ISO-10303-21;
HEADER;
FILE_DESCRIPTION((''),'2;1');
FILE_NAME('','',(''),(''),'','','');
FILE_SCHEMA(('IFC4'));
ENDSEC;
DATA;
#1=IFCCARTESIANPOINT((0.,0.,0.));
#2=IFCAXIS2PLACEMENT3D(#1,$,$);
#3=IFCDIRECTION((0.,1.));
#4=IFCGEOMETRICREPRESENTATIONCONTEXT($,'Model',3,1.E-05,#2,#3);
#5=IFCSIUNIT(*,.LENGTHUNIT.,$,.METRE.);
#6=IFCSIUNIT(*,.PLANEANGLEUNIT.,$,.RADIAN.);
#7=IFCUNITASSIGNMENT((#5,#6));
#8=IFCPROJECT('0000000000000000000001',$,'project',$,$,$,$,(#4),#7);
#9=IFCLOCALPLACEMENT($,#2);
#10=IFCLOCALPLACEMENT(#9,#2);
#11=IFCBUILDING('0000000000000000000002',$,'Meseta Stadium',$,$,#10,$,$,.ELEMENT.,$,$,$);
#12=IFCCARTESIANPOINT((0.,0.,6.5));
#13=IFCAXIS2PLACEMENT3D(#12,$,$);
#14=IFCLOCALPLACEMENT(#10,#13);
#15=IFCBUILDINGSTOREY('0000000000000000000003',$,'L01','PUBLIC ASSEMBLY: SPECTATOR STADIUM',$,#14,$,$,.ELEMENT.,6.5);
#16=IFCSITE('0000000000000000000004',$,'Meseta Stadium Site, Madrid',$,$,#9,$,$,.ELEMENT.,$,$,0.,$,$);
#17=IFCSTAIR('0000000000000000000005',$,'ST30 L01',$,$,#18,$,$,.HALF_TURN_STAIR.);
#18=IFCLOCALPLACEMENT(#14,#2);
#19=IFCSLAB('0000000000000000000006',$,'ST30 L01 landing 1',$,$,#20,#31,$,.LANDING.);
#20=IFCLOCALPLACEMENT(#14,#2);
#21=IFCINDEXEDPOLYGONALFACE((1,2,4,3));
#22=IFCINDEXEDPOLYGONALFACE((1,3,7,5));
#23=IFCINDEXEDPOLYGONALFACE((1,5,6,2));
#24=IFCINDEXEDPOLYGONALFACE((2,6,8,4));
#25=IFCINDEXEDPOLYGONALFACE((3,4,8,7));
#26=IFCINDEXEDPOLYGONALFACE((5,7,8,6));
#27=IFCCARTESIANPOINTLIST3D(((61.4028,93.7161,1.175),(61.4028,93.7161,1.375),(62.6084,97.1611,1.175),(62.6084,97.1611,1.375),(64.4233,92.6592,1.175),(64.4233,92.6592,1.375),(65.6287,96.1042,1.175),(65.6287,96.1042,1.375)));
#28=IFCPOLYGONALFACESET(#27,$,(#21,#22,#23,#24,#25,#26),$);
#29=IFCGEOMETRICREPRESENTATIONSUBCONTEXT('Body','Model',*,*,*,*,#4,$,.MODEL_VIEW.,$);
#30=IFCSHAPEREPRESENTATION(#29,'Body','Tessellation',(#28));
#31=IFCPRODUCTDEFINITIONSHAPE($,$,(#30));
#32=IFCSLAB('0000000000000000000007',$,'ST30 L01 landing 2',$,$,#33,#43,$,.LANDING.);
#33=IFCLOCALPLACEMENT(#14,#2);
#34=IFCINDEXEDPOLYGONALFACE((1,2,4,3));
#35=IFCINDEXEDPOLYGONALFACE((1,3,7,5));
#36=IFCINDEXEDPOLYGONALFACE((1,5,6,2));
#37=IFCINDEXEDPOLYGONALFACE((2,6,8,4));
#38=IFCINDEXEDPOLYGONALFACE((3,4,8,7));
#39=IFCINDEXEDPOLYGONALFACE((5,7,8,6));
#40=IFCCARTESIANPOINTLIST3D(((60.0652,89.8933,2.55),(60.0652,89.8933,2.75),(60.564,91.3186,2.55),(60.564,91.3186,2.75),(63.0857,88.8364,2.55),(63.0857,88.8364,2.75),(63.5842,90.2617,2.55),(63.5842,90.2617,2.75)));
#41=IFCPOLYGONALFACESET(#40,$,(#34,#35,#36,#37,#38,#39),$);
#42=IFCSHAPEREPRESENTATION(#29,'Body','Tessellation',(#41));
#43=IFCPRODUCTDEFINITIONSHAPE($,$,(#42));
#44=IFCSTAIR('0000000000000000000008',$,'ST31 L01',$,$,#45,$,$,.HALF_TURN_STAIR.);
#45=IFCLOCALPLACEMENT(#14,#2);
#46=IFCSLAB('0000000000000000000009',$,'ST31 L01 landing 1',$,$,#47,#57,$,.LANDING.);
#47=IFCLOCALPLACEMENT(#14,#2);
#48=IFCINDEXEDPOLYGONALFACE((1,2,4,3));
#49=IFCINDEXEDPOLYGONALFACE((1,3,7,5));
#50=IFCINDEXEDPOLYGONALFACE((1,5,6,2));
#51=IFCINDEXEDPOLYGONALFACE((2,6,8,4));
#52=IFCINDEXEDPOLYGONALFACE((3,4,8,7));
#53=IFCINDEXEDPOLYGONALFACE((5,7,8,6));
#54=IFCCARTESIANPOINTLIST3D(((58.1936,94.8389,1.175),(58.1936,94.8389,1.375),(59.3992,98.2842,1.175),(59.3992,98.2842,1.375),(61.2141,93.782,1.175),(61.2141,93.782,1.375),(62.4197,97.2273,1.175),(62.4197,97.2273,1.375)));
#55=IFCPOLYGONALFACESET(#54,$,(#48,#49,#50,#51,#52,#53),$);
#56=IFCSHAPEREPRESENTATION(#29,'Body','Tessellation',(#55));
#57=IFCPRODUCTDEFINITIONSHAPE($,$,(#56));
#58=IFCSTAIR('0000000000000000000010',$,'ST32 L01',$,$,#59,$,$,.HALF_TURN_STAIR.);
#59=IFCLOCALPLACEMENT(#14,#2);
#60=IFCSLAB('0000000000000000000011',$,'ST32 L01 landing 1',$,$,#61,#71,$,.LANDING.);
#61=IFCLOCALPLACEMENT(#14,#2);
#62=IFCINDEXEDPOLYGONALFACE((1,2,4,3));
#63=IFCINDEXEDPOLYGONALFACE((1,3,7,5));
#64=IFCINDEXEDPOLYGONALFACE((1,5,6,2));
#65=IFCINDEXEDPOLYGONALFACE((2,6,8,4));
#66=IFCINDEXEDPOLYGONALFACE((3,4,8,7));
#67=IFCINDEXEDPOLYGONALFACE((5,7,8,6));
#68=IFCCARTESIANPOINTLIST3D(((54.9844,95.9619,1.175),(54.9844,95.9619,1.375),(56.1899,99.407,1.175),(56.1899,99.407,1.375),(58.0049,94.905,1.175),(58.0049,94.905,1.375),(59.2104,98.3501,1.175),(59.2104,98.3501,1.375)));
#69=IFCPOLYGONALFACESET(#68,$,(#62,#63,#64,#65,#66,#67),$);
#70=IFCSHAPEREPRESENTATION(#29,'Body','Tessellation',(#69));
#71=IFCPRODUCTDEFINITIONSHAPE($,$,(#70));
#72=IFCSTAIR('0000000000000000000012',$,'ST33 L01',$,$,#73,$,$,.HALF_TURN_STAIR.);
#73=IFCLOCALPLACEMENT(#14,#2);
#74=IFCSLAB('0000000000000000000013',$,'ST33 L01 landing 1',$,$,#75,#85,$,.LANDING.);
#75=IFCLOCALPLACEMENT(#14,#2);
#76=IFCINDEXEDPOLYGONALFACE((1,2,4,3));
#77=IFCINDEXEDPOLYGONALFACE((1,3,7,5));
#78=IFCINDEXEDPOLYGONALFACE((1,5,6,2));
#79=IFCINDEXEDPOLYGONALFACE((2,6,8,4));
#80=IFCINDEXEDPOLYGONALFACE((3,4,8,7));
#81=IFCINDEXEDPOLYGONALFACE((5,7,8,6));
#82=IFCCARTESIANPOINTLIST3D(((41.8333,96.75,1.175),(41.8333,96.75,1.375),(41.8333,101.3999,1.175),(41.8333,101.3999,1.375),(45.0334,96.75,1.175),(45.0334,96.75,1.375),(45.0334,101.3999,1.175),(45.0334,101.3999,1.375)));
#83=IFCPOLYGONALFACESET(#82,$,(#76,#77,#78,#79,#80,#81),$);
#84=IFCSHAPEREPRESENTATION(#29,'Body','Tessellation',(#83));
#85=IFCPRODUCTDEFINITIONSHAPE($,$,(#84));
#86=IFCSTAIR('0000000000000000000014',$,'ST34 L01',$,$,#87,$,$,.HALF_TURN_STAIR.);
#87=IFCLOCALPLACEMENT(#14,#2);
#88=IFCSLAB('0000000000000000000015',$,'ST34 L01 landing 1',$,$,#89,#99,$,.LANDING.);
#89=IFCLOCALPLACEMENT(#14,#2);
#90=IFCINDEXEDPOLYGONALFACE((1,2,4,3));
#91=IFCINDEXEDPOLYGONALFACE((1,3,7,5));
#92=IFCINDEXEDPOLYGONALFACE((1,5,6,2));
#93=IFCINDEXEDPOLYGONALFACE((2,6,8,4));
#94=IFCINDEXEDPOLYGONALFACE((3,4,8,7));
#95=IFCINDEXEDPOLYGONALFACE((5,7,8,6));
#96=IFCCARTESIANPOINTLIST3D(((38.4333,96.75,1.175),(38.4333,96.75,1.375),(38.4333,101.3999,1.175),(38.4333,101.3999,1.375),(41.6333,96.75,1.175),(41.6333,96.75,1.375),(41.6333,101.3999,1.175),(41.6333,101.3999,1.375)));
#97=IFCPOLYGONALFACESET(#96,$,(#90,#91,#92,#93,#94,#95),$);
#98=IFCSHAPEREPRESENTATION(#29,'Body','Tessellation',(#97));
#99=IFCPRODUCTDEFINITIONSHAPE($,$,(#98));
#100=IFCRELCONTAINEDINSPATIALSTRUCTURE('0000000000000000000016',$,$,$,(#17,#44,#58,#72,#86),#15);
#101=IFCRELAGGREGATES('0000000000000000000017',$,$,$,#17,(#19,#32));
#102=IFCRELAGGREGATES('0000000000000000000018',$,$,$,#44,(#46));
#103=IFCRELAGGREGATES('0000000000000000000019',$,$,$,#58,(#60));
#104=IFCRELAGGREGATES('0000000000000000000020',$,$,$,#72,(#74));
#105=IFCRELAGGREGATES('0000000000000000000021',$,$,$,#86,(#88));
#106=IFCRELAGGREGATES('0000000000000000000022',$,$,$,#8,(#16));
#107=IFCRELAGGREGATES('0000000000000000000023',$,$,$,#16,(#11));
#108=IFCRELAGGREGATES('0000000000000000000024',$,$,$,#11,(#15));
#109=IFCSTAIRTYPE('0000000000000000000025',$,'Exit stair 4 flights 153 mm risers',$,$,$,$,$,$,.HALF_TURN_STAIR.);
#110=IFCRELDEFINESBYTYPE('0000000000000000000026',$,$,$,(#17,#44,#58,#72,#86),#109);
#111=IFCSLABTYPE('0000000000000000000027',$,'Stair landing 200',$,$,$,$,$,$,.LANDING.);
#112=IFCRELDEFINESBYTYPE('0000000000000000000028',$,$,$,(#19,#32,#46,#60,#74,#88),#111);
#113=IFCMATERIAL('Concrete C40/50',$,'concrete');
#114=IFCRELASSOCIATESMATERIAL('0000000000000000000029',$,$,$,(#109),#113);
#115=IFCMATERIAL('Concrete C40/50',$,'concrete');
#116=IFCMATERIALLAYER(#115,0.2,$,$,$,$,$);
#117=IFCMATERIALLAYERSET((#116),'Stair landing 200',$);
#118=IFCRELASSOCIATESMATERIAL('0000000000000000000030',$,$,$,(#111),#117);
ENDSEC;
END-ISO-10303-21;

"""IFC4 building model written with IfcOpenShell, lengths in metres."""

from ifc_helpers import new_model, si_unit, direction, frame, origin, place, context, subcontext, project, spatial, polyline, outline, extrude, material, layer, layer_set, type_object, element, aggregate, save


model = new_model("IFC4")

# Units and contexts
model_context = context("Model", 3, precision=1e-05, world=origin(), true_north=direction((0.0, 1.0)))
body_context = subcontext(model_context, "Body", "Model", "MODEL_VIEW")
ifc_project = project(units=[si_unit("LENGTHUNIT", "METRE"), si_unit("PLANEANGLEUNIT", "RADIAN")], contexts=[model_context])

# Site, building, storey
site_placement = place(None, origin())
site = spatial("IfcSite", under=ifc_project, at=site_placement, Name="Meseta Stadium Site, Madrid", CompositionType="ELEMENT", RefElevation=0.0)
building_placement = place(site_placement, origin())
building = spatial("IfcBuilding", under=site, at=building_placement, Name="Meseta Stadium", CompositionType="ELEMENT")
storey_placement = place(building_placement, frame((0.0, 0.0, 6.5)))
storey = spatial("IfcBuildingStorey", under=building, at=storey_placement, Name="L01", Description="PUBLIC ASSEMBLY: SPECTATOR STADIUM", CompositionType="ELEMENT", Elevation=6.5)

# Shared definitions
ifc_material_1 = material(Name="Concrete C40/50", Category="concrete")
stair_type = type_object("IfcStairType", Name="Exit stair 4 flights 153 mm risers", PredefinedType="HALF_TURN_STAIR", material=ifc_material_1)
ifc_material_2 = material(Name="Concrete C40/50", Category="concrete")
ifc_layer = layer(ifc_material_2, 0.2)
ifc_layer_set = layer_set([ifc_layer], Name="Stair landing 200")
slab_type = type_object("IfcSlabType", Name="Stair landing 200", PredefinedType="LANDING", material=ifc_layer_set)

# Stair, slabs
stair_1_placement = place(storey_placement, origin())
stair_1 = element("IfcStair", 1, at=stair_1_placement, inside=storey, type_object=stair_type, Name="ST30 L01", PredefinedType="HALF_TURN_STAIR")
slab_1_placement = place(storey_placement, frame((0.0, 0.0, 1.175)))
slab_1 = element("IfcSlab", 2, at=slab_1_placement, type_object=slab_type, Name="ST30 L01 landing 1", PredefinedType="LANDING", context=body_context, shape_type="SweptSolid", body=[
    extrude(outline(polyline([(64.4233, 92.6592), (65.6287, 96.1042), (62.6084, 97.1611), (61.4028, 93.7161), (64.4233, 92.6592)])), origin(), (0.0, 0.0, 1.0), 0.2),
])
slab_2_placement = place(storey_placement, frame((0.0, 0.0, 2.55)))
slab_2 = element("IfcSlab", 3, at=slab_2_placement, type_object=slab_type, Name="ST30 L01 landing 2", PredefinedType="LANDING", context=body_context, shape_type="SweptSolid", body=[
    extrude(outline(polyline([(63.0857, 88.8364), (63.5842, 90.2617), (60.564, 91.3186), (60.0652, 89.8933), (63.0857, 88.8364)])), origin(), (0.0, 0.0, 1.0), 0.2),
])
aggregate(stair_1, [slab_1, slab_2])

# Stairs, slabs
stair_2_placement = place(storey_placement, origin())
stair_2 = element("IfcStair", 4, at=stair_2_placement, inside=storey, type_object=stair_type, Name="ST31 L01", PredefinedType="HALF_TURN_STAIR")
slab_3_placement = place(storey_placement, frame((0.0, 0.0, 1.175)))
slab_3 = element("IfcSlab", 5, at=slab_3_placement, type_object=slab_type, Name="ST31 L01 landing 1", PredefinedType="LANDING", context=body_context, shape_type="SweptSolid", body=[
    extrude(outline(polyline([(61.2141, 93.782), (62.4197, 97.2273), (59.3992, 98.2842), (58.1936, 94.8389), (61.2141, 93.782)])), origin(), (0.0, 0.0, 1.0), 0.2),
])
aggregate(stair_2, [slab_3])
stair_3_placement = place(storey_placement, origin())
stair_3 = element("IfcStair", 6, at=stair_3_placement, inside=storey, type_object=stair_type, Name="ST32 L01", PredefinedType="HALF_TURN_STAIR")
slab_4_placement = place(storey_placement, frame((0.0, 0.0, 1.175)))
slab_4 = element("IfcSlab", 7, at=slab_4_placement, type_object=slab_type, Name="ST32 L01 landing 1", PredefinedType="LANDING", context=body_context, shape_type="SweptSolid", body=[
    extrude(outline(polyline([(58.0049, 94.905), (59.2104, 98.3501), (56.1899, 99.407), (54.9844, 95.9619), (58.0049, 94.905)])), origin(), (0.0, 0.0, 1.0), 0.2),
])
aggregate(stair_3, [slab_4])
stair_4_placement = place(storey_placement, origin())
stair_4 = element("IfcStair", 8, at=stair_4_placement, inside=storey, type_object=stair_type, Name="ST33 L01", PredefinedType="HALF_TURN_STAIR")
slab_5_placement = place(storey_placement, frame((0.0, 0.0, 1.175)))
slab_5 = element("IfcSlab", 9, at=slab_5_placement, type_object=slab_type, Name="ST33 L01 landing 1", PredefinedType="LANDING", context=body_context, shape_type="SweptSolid", body=[
    extrude(outline(polyline([(45.0334, 96.75), (45.0334, 101.3999), (41.8333, 101.3999), (41.8333, 96.75), (45.0334, 96.75)])), origin(), (0.0, 0.0, 1.0), 0.2),
])
aggregate(stair_4, [slab_5])
stair_5_placement = place(storey_placement, origin())
stair_5 = element("IfcStair", 10, at=stair_5_placement, inside=storey, type_object=stair_type, Name="ST34 L01", PredefinedType="HALF_TURN_STAIR")
slab_6_placement = place(storey_placement, frame((0.0, 0.0, 1.175)))
slab_6 = element("IfcSlab", 11, at=slab_6_placement, type_object=slab_type, Name="ST34 L01 landing 1", PredefinedType="LANDING", context=body_context, shape_type="SweptSolid", body=[
    extrude(outline(polyline([(41.6333, 96.75), (41.6333, 101.3999), (38.4333, 101.3999), (38.4333, 96.75), (41.6333, 96.75)])), origin(), (0.0, 0.0, 1.0), 0.2),
])
aggregate(stair_5, [slab_6])

save(model, "model.ifc")
